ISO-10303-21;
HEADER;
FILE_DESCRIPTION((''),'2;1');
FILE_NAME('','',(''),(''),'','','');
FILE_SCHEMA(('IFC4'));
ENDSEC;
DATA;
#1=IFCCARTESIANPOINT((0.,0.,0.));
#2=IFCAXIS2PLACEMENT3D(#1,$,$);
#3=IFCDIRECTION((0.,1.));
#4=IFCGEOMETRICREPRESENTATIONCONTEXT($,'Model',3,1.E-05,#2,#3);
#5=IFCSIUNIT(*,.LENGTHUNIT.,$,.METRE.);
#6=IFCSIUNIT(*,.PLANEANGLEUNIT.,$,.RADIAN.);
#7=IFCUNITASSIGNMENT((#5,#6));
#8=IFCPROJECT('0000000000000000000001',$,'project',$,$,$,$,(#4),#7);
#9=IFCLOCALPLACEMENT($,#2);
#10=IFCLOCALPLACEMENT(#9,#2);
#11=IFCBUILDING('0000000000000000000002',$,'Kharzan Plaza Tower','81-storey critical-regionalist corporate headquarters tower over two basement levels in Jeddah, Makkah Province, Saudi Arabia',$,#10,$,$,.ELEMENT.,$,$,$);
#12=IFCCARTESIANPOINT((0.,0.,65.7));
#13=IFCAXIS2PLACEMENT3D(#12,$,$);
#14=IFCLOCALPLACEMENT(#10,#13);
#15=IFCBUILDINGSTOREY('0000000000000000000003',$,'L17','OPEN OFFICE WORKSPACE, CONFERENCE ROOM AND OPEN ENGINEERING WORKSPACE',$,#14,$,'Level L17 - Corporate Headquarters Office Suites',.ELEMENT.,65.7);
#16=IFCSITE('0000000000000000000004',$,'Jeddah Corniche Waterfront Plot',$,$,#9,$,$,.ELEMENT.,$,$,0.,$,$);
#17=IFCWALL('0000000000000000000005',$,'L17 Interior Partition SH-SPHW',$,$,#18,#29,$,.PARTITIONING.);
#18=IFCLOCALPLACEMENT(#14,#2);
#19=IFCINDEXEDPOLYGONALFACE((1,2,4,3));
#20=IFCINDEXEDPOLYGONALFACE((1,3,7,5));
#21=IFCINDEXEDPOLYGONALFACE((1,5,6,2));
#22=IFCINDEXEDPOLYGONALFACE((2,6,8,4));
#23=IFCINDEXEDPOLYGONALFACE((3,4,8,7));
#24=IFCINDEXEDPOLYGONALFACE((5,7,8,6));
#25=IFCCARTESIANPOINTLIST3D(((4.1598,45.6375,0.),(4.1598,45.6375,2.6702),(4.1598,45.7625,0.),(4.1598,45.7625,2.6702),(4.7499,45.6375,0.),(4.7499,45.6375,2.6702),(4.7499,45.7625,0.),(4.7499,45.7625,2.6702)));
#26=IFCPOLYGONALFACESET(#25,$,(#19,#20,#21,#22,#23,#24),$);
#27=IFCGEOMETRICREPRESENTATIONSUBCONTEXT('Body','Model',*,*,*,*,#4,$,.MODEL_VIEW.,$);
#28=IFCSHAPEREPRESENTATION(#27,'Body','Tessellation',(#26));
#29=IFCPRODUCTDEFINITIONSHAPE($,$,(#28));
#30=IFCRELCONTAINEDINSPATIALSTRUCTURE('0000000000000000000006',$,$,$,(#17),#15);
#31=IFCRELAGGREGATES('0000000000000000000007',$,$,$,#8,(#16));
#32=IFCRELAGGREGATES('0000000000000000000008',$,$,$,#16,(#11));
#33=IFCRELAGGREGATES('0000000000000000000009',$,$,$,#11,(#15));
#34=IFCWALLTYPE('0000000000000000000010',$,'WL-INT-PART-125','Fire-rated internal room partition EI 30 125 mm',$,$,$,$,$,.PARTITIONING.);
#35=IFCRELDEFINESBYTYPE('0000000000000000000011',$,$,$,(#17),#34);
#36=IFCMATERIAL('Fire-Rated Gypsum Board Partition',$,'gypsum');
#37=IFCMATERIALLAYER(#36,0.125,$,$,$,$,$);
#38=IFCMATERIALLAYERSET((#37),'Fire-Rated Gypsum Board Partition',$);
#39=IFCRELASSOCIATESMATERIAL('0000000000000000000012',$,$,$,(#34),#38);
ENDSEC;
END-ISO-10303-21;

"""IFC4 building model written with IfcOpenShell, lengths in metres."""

from ifc_helpers import new_model, si_unit, direction, frame, frame_2d, origin, place, context, subcontext, project, spatial, rectangle, extrude, source, transform, mapped, material, layer, layer_set, type_object, element, save


model = new_model("IFC4")

# Units and contexts
model_context = context("Model", 3, precision=1e-05, world=origin(), true_north=direction((0.0, 1.0)))
body_context = subcontext(model_context, "Body", "Model", "MODEL_VIEW")
ifc_project = project(units=[si_unit("LENGTHUNIT", "METRE"), si_unit("PLANEANGLEUNIT", "RADIAN")], contexts=[model_context])

# Site, building, storey
site_placement = place(None, origin())
site = spatial("IfcSite", under=ifc_project, at=site_placement, Name="Jeddah Corniche Waterfront Plot", CompositionType="ELEMENT", RefElevation=0.0)
building_placement = place(site_placement, origin())
building = spatial("IfcBuilding", under=site, at=building_placement, Name="Kharzan Plaza Tower", Description="81-storey critical-regionalist corporate headquarters tower over two basement levels in Jeddah, Makkah Province, Saudi Arabia", CompositionType="ELEMENT")
storey_placement = place(building_placement, frame((0.0, 0.0, 65.7)))
storey = spatial("IfcBuildingStorey", under=building, at=storey_placement, Name="L17", Description="OPEN OFFICE WORKSPACE, CONFERENCE ROOM AND OPEN ENGINEERING WORKSPACE", LongName="Level L17 - Corporate Headquarters Office Suites", CompositionType="ELEMENT", Elevation=65.7)

# Shared definitions
ifc_material_1 = material(Name="Fire-Rated Gypsum Board Partition", Category="gypsum")
ifc_layer_1 = layer(ifc_material_1, 0.125)
ifc_layer_set_1 = layer_set([ifc_layer_1], Name="Fire-Rated Gypsum Board Partition")
wall_type_1 = type_object("IfcWallType", Name="WL-INT-PART-125", Description="Fire-rated internal room partition EI 30 125 mm", PredefinedType="PARTITIONING", material=ifc_layer_set_1)

# Wall
shared_shape_1 = source(origin(), body_context, "Body", "SweptSolid", [
    extrude(rectangle(XDim=0.5901, YDim=0.125, at=frame_2d((0.2949, 0.0))), origin(), (0.0, 0.0, 1.0), 2.6702),
])
wall_1_placement = place(storey_placement, frame((4.1599, 45.7, 0.0), z_axis=(0.0, 0.0, 1.0), x_axis=(1.0, 0.0, 0.0)))
element("IfcWall", 1, at=wall_1_placement, inside=storey, type_object=wall_type_1, Name="L17 Interior Partition SH-SPHW", PredefinedType="PARTITIONING", context=body_context, shape_type="MappedRepresentation", body=[
    mapped(shared_shape_1, transform((0.0, 0.0, 0.0), x_axis=(1.0, 0.0, 0.0), y_axis=(0.0, 1.0, 0.0), z_axis=(0.0, 0.0, 1.0))),
])

save(model, "model.ifc")
